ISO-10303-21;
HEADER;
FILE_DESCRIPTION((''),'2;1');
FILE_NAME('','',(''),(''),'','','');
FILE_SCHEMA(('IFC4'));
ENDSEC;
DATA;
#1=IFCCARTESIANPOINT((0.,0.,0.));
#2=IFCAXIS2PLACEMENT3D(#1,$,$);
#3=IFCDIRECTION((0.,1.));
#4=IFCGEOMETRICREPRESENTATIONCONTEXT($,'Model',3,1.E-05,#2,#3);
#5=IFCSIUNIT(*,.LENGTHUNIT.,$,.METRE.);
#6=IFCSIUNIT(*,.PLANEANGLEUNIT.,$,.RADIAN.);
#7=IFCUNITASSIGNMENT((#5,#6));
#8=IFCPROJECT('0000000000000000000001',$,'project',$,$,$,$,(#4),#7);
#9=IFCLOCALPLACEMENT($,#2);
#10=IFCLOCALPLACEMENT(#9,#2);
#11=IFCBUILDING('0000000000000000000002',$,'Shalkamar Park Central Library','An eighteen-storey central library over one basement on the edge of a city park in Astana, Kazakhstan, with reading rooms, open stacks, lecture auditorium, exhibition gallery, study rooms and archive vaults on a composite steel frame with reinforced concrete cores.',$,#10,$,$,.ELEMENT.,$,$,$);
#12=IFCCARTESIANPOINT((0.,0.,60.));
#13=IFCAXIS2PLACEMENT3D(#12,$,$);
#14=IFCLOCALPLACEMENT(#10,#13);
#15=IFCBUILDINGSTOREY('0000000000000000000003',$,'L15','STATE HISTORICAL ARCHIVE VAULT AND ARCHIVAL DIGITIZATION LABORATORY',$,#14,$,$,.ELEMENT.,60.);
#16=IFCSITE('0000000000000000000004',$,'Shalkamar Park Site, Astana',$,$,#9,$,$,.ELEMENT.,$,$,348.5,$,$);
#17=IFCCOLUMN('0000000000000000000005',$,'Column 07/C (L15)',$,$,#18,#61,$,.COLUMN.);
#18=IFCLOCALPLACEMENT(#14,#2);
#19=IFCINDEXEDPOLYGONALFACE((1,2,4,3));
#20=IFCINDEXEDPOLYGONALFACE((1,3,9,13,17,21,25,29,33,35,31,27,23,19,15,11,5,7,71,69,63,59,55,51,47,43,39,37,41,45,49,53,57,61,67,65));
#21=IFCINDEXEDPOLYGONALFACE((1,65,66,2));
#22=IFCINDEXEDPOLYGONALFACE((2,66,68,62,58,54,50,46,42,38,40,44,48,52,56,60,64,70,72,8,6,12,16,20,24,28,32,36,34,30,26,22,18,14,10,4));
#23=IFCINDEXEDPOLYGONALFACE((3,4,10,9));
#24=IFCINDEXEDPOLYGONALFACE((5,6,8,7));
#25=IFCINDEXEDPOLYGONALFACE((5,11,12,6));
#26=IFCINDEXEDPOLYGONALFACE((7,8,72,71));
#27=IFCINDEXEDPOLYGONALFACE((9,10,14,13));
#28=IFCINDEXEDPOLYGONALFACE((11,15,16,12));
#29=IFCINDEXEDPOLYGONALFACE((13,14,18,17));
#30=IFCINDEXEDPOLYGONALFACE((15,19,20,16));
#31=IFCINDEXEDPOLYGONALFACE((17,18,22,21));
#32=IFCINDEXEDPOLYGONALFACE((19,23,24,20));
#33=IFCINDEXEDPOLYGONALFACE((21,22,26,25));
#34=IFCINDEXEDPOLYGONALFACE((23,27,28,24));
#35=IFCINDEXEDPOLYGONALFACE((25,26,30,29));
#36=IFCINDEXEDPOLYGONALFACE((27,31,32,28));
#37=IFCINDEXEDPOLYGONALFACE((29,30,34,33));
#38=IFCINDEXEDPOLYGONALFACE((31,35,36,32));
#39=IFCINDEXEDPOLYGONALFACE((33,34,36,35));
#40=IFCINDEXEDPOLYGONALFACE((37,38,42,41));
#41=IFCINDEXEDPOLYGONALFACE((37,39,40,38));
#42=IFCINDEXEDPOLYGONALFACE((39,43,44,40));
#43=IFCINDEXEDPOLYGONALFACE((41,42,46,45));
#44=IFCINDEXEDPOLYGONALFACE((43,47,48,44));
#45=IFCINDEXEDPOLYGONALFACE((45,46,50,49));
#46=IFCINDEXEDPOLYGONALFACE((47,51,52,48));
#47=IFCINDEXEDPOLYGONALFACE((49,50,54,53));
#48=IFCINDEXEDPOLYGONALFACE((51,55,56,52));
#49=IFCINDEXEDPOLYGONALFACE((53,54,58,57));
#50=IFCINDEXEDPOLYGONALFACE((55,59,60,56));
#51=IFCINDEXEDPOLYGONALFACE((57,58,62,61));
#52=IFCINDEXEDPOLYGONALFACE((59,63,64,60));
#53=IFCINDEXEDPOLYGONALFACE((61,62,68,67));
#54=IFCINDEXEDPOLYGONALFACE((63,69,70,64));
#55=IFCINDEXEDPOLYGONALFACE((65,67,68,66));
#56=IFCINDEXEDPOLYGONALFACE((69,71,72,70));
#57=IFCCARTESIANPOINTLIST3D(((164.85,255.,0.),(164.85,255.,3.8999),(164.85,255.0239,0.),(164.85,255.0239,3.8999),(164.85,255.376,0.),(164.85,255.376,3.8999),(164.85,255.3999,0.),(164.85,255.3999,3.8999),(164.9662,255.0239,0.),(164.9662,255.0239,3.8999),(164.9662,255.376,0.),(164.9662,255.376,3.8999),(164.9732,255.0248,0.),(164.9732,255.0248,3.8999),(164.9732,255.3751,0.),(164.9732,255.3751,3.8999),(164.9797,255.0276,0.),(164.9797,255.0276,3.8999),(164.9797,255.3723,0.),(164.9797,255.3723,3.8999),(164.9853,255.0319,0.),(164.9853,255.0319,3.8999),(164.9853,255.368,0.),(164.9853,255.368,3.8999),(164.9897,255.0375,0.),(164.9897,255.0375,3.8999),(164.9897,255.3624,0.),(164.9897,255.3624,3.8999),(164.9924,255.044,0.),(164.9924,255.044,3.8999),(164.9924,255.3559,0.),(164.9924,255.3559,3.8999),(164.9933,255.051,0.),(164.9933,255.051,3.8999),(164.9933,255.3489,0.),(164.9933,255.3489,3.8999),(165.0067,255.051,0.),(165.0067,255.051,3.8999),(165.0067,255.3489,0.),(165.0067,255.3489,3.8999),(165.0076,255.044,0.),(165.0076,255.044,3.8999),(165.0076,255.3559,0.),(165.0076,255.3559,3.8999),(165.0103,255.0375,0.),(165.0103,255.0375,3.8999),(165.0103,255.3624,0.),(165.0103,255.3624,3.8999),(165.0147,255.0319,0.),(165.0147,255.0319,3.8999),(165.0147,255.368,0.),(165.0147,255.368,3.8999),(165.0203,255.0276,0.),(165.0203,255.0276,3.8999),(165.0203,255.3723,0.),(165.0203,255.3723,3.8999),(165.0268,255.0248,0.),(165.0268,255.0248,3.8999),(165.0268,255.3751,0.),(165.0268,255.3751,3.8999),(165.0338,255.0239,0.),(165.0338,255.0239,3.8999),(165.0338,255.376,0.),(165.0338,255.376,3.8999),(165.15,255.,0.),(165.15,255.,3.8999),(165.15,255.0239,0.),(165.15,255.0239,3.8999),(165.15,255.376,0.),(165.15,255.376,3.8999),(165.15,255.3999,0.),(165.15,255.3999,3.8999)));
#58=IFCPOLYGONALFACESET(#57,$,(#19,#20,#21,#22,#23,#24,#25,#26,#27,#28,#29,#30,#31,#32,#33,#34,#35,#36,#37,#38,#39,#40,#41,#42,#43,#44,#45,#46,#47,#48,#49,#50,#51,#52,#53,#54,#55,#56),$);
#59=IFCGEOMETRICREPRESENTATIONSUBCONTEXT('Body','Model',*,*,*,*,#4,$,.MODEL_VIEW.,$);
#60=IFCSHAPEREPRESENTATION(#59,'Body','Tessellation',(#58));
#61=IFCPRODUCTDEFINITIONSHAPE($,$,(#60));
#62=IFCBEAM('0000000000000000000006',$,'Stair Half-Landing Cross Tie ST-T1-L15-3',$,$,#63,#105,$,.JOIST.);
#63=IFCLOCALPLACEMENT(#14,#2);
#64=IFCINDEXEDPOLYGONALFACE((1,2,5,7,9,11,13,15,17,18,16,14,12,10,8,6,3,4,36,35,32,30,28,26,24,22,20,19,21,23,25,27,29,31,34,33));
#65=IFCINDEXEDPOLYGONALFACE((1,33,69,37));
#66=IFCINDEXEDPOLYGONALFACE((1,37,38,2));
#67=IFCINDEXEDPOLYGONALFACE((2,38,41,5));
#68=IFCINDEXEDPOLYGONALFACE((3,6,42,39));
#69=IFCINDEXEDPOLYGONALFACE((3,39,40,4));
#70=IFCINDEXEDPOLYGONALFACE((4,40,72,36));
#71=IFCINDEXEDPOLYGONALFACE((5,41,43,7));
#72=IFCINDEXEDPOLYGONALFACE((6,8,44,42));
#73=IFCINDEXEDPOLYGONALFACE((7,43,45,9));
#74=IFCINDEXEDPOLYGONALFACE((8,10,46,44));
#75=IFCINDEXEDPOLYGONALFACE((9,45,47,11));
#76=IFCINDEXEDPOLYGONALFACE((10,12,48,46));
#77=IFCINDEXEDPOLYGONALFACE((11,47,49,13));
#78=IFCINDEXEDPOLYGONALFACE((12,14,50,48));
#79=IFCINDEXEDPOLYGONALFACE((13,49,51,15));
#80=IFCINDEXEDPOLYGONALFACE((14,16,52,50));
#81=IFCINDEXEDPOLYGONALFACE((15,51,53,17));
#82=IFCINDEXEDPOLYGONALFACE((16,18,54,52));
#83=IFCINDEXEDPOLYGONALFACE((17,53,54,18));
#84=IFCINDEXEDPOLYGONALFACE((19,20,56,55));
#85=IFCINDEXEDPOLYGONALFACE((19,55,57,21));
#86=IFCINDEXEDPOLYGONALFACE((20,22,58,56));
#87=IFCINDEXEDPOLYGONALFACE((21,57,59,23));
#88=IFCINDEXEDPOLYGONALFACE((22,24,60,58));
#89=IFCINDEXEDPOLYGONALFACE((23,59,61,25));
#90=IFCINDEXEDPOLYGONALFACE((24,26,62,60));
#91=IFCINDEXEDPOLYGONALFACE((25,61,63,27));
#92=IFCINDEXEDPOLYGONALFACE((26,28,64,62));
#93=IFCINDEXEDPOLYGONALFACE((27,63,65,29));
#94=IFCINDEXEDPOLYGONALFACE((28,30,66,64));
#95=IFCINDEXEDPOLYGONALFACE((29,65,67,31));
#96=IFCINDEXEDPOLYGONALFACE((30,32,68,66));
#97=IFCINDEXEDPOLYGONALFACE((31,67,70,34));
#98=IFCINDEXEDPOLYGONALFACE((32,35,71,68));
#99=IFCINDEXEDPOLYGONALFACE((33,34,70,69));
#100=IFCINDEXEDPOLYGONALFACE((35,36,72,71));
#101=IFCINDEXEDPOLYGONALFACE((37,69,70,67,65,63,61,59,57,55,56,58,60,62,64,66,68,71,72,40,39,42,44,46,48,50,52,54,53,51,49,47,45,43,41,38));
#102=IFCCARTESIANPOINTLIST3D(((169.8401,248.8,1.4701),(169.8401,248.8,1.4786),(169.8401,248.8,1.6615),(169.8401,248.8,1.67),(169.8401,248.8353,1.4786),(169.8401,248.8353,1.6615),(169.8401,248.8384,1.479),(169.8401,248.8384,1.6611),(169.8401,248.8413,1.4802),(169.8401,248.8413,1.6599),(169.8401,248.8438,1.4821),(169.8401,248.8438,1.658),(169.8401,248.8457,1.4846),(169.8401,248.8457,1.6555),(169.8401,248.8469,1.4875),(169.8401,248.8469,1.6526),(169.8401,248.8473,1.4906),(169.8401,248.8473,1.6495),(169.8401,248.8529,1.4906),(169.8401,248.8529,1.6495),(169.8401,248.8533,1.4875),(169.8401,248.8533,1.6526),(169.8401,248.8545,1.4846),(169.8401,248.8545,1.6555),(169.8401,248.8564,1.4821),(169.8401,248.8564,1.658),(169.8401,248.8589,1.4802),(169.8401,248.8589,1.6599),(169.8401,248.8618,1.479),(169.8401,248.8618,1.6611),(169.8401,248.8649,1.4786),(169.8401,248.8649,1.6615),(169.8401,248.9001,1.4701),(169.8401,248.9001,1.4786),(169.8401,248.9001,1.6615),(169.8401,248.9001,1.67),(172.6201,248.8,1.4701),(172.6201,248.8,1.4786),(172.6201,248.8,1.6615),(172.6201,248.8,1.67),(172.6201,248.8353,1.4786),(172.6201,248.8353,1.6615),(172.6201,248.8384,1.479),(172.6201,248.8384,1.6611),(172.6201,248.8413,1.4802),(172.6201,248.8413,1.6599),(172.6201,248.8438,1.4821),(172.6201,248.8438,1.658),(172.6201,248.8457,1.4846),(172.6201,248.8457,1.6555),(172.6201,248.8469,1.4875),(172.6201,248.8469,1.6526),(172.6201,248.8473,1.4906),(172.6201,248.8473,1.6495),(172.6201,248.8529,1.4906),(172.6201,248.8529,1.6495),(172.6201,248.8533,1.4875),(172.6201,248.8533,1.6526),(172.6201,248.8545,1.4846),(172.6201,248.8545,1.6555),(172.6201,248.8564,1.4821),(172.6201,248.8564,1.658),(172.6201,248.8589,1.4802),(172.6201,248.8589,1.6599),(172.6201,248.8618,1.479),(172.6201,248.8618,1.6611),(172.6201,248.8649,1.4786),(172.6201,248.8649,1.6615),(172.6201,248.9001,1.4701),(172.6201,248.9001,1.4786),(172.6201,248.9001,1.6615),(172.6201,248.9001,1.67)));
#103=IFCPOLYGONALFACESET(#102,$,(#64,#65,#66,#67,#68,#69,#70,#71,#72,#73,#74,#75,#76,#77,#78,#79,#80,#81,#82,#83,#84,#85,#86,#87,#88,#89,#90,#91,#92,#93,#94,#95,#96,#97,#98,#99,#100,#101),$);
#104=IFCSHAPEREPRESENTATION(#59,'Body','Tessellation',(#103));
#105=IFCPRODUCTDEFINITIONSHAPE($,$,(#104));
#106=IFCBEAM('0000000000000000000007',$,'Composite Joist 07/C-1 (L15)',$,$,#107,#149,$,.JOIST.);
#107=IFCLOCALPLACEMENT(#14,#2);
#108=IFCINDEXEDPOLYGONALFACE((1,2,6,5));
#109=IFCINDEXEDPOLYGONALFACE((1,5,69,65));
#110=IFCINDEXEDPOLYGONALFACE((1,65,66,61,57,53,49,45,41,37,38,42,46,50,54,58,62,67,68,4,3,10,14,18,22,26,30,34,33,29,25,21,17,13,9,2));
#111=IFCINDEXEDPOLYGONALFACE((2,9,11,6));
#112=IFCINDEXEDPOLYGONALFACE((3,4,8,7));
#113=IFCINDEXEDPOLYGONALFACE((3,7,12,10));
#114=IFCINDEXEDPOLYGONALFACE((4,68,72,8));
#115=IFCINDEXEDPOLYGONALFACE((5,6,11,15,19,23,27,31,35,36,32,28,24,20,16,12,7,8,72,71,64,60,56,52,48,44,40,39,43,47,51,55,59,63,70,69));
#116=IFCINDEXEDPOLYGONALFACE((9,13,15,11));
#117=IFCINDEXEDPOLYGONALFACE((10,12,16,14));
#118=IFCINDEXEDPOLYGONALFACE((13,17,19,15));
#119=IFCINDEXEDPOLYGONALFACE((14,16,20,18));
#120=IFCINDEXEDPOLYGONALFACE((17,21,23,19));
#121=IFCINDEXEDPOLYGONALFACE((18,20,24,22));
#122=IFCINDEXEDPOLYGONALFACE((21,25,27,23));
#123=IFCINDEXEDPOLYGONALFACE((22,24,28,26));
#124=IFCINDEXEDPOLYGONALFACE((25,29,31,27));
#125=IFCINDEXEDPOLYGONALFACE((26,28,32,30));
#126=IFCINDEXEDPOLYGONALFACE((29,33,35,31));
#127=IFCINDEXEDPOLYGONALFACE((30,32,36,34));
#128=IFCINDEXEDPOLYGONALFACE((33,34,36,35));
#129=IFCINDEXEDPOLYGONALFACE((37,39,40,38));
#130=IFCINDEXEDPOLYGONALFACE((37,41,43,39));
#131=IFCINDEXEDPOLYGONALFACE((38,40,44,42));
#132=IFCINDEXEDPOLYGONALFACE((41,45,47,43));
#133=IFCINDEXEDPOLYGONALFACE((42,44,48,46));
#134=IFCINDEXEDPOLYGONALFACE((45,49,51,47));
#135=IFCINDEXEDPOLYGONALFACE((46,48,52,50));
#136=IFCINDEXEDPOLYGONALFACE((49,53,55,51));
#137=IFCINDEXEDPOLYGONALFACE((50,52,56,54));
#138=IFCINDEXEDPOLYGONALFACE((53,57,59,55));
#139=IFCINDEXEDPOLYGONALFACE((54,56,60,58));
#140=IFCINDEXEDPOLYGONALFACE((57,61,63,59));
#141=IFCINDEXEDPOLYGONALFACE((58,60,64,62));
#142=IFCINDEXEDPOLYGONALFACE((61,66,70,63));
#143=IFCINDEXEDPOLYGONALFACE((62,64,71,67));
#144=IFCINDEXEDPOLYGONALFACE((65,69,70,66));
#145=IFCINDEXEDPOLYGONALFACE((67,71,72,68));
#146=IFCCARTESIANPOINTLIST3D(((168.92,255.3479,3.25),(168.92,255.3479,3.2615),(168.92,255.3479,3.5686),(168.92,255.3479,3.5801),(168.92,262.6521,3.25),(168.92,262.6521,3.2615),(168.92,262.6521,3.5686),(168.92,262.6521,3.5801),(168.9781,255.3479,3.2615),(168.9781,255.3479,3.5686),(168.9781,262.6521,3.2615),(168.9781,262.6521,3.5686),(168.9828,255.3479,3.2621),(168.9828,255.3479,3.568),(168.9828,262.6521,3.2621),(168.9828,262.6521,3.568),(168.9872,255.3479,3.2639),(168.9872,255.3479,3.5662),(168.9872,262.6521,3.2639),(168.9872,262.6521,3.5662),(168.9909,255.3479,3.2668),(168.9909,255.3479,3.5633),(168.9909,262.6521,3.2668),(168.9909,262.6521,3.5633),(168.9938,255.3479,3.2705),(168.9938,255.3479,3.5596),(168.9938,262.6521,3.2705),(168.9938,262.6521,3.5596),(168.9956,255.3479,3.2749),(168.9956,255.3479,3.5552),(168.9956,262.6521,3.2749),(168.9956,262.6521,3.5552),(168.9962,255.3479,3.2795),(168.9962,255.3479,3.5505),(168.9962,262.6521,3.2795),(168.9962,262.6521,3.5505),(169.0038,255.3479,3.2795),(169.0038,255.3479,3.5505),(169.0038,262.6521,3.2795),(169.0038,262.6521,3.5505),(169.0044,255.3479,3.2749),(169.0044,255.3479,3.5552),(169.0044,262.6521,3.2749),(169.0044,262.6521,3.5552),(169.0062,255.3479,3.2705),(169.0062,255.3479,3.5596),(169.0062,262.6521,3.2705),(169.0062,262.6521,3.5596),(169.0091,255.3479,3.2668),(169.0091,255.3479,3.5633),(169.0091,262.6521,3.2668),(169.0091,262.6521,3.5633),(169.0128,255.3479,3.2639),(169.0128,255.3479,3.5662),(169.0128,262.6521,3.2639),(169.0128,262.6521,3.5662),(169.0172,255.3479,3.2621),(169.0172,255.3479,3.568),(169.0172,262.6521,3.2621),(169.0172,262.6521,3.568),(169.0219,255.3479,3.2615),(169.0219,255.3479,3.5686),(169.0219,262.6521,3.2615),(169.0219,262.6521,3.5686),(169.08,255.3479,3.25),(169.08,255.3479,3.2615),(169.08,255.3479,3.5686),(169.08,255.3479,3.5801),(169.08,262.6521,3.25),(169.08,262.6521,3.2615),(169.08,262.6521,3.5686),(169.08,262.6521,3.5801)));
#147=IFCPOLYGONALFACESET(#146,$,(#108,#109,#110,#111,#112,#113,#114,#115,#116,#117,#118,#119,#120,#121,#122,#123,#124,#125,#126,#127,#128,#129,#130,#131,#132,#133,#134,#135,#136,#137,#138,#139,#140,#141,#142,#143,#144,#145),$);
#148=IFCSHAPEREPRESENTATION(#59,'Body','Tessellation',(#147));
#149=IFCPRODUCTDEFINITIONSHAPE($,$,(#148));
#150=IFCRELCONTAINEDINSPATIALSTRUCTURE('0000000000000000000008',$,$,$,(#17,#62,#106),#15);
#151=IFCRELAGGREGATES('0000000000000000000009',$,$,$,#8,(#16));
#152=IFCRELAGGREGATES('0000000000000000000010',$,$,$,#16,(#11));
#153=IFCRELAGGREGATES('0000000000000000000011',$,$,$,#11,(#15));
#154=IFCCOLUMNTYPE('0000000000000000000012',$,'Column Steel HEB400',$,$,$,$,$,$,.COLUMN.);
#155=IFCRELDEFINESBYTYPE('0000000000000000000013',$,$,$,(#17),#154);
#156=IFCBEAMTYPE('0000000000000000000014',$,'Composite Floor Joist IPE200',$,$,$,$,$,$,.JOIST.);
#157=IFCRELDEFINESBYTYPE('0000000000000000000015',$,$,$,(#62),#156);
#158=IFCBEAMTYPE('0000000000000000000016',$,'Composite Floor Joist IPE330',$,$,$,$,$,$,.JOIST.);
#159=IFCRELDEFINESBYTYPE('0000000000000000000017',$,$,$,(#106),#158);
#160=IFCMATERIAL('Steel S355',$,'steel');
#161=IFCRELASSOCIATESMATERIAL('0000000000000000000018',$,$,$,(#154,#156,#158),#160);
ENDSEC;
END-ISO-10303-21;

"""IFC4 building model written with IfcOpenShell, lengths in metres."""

from ifc_helpers import new_model, si_unit, direction, frame, origin, origin_2d, place, context, subcontext, project, spatial, i_section, extrude, material, material_profile, profile_set, type_object, element, save


model = new_model("IFC4")

# Units and contexts
model_context = context("Model", 3, precision=1e-05, world=origin(), true_north=direction((0.0, 1.0)))
body_context = subcontext(model_context, "Body", "Model", "MODEL_VIEW")
ifc_project = project(units=[si_unit("LENGTHUNIT", "METRE"), si_unit("PLANEANGLEUNIT", "RADIAN")], contexts=[model_context])

# Site, building, storey
site_placement = place(None, origin())
site = spatial("IfcSite", under=ifc_project, at=site_placement, Name="Shalkamar Park Site, Astana", CompositionType="ELEMENT", RefElevation=348.5)
building_placement = place(site_placement, origin())
building = spatial("IfcBuilding", under=site, at=building_placement, Name="Shalkamar Park Central Library", Description="An eighteen-storey central library over one basement on the edge of a city park in Astana, Kazakhstan, with reading rooms, open stacks, lecture auditorium, exhibition gallery, study rooms and archive vaults on a composite steel frame with reinforced concrete cores.", CompositionType="ELEMENT")
storey_placement = place(building_placement, frame((0.0, 0.0, 60.0)))
storey = spatial("IfcBuildingStorey", under=building, at=storey_placement, Name="L15", Description="STATE HISTORICAL ARCHIVE VAULT AND ARCHIVAL DIGITIZATION LABORATORY", CompositionType="ELEMENT", Elevation=60.0)

# Column
ifc_material_1 = material(Name="Steel S355", Category="steel")
ifc_material_profile_1 = material_profile(ifc_material_1, i_section(OverallWidth=0.3, OverallDepth=0.3999, WebThickness=0.0134, FlangeThickness=0.0239, FilletRadius=0.0271, at=origin_2d()), Name="HEB 400")
ifc_profile_set_1 = profile_set([ifc_material_profile_1], Name="Steel S355")
column_type = type_object("IfcColumnType", Name="Column Steel HEB400", PredefinedType="COLUMN", material=ifc_profile_set_1)
column_placement = place(storey_placement, frame((165.0, 255.2, 0.0), z_axis=(0.0, 0.0, 1.0), x_axis=(1.0, 0.0, 0.0)))
element("IfcColumn", 1, at=column_placement, inside=storey, type_object=column_type, Name="Column 07/C (L15)", PredefinedType="COLUMN", context=body_context, shape_type="SweptSolid", body=[
    extrude(i_section(OverallWidth=0.3, OverallDepth=0.3999, WebThickness=0.0134, FlangeThickness=0.0239, FilletRadius=0.0271, at=origin_2d()), origin(), (0.0, 0.0, 1.0), 3.8999),
])

# Beams
ifc_material_profile_2 = material_profile(ifc_material_1, i_section(OverallWidth=0.1001, OverallDepth=0.2, WebThickness=0.0056, FlangeThickness=0.0085, FilletRadius=0.012, at=origin_2d()), Name="IPE 200")
ifc_profile_set_2 = profile_set([ifc_material_profile_2], Name="Steel S355")
beam_type_1 = type_object("IfcBeamType", Name="Composite Floor Joist IPE200", PredefinedType="JOIST", material=ifc_profile_set_2)
beam_1_placement = place(storey_placement, frame((169.8401, 248.8501, 1.5701), z_axis=(1.0, 0.0, 0.0), x_axis=(0.0, 1.0, 0.0)))
element("IfcBeam", 2, at=beam_1_placement, inside=storey, type_object=beam_type_1, Name="Stair Half-Landing Cross Tie ST-T1-L15-3", PredefinedType="JOIST", context=body_context, shape_type="SweptSolid", body=[
    extrude(i_section(OverallWidth=0.1001, OverallDepth=0.2, WebThickness=0.0056, FlangeThickness=0.0085, FilletRadius=0.012, at=origin_2d()), origin(), (0.0, 0.0, 1.0), 2.78),
])
ifc_material_profile_3 = material_profile(ifc_material_1, i_section(OverallWidth=0.1599, OverallDepth=0.3301, WebThickness=0.0076, FlangeThickness=0.0115, FilletRadius=0.0181, at=origin_2d()), Name="IPE 330")
ifc_profile_set_3 = profile_set([ifc_material_profile_3], Name="Steel S355")
beam_type_2 = type_object("IfcBeamType", Name="Composite Floor Joist IPE330", PredefinedType="JOIST", material=ifc_profile_set_3)
beam_2_placement = place(storey_placement, frame((169.0, 255.3479, 3.415), z_axis=(0.0, 1.0, 0.0), x_axis=(-1.0, 0.0, 0.0)))
element("IfcBeam", 3, at=beam_2_placement, inside=storey, type_object=beam_type_2, Name="Composite Joist 07/C-1 (L15)", PredefinedType="JOIST", context=body_context, shape_type="SweptSolid", body=[
    extrude(i_section(OverallWidth=0.1599, OverallDepth=0.3301, WebThickness=0.0076, FlangeThickness=0.0115, FilletRadius=0.0181, at=origin_2d()), origin(), (0.0, 0.0, 1.0), 7.3042),
])

save(model, "model.ifc")
